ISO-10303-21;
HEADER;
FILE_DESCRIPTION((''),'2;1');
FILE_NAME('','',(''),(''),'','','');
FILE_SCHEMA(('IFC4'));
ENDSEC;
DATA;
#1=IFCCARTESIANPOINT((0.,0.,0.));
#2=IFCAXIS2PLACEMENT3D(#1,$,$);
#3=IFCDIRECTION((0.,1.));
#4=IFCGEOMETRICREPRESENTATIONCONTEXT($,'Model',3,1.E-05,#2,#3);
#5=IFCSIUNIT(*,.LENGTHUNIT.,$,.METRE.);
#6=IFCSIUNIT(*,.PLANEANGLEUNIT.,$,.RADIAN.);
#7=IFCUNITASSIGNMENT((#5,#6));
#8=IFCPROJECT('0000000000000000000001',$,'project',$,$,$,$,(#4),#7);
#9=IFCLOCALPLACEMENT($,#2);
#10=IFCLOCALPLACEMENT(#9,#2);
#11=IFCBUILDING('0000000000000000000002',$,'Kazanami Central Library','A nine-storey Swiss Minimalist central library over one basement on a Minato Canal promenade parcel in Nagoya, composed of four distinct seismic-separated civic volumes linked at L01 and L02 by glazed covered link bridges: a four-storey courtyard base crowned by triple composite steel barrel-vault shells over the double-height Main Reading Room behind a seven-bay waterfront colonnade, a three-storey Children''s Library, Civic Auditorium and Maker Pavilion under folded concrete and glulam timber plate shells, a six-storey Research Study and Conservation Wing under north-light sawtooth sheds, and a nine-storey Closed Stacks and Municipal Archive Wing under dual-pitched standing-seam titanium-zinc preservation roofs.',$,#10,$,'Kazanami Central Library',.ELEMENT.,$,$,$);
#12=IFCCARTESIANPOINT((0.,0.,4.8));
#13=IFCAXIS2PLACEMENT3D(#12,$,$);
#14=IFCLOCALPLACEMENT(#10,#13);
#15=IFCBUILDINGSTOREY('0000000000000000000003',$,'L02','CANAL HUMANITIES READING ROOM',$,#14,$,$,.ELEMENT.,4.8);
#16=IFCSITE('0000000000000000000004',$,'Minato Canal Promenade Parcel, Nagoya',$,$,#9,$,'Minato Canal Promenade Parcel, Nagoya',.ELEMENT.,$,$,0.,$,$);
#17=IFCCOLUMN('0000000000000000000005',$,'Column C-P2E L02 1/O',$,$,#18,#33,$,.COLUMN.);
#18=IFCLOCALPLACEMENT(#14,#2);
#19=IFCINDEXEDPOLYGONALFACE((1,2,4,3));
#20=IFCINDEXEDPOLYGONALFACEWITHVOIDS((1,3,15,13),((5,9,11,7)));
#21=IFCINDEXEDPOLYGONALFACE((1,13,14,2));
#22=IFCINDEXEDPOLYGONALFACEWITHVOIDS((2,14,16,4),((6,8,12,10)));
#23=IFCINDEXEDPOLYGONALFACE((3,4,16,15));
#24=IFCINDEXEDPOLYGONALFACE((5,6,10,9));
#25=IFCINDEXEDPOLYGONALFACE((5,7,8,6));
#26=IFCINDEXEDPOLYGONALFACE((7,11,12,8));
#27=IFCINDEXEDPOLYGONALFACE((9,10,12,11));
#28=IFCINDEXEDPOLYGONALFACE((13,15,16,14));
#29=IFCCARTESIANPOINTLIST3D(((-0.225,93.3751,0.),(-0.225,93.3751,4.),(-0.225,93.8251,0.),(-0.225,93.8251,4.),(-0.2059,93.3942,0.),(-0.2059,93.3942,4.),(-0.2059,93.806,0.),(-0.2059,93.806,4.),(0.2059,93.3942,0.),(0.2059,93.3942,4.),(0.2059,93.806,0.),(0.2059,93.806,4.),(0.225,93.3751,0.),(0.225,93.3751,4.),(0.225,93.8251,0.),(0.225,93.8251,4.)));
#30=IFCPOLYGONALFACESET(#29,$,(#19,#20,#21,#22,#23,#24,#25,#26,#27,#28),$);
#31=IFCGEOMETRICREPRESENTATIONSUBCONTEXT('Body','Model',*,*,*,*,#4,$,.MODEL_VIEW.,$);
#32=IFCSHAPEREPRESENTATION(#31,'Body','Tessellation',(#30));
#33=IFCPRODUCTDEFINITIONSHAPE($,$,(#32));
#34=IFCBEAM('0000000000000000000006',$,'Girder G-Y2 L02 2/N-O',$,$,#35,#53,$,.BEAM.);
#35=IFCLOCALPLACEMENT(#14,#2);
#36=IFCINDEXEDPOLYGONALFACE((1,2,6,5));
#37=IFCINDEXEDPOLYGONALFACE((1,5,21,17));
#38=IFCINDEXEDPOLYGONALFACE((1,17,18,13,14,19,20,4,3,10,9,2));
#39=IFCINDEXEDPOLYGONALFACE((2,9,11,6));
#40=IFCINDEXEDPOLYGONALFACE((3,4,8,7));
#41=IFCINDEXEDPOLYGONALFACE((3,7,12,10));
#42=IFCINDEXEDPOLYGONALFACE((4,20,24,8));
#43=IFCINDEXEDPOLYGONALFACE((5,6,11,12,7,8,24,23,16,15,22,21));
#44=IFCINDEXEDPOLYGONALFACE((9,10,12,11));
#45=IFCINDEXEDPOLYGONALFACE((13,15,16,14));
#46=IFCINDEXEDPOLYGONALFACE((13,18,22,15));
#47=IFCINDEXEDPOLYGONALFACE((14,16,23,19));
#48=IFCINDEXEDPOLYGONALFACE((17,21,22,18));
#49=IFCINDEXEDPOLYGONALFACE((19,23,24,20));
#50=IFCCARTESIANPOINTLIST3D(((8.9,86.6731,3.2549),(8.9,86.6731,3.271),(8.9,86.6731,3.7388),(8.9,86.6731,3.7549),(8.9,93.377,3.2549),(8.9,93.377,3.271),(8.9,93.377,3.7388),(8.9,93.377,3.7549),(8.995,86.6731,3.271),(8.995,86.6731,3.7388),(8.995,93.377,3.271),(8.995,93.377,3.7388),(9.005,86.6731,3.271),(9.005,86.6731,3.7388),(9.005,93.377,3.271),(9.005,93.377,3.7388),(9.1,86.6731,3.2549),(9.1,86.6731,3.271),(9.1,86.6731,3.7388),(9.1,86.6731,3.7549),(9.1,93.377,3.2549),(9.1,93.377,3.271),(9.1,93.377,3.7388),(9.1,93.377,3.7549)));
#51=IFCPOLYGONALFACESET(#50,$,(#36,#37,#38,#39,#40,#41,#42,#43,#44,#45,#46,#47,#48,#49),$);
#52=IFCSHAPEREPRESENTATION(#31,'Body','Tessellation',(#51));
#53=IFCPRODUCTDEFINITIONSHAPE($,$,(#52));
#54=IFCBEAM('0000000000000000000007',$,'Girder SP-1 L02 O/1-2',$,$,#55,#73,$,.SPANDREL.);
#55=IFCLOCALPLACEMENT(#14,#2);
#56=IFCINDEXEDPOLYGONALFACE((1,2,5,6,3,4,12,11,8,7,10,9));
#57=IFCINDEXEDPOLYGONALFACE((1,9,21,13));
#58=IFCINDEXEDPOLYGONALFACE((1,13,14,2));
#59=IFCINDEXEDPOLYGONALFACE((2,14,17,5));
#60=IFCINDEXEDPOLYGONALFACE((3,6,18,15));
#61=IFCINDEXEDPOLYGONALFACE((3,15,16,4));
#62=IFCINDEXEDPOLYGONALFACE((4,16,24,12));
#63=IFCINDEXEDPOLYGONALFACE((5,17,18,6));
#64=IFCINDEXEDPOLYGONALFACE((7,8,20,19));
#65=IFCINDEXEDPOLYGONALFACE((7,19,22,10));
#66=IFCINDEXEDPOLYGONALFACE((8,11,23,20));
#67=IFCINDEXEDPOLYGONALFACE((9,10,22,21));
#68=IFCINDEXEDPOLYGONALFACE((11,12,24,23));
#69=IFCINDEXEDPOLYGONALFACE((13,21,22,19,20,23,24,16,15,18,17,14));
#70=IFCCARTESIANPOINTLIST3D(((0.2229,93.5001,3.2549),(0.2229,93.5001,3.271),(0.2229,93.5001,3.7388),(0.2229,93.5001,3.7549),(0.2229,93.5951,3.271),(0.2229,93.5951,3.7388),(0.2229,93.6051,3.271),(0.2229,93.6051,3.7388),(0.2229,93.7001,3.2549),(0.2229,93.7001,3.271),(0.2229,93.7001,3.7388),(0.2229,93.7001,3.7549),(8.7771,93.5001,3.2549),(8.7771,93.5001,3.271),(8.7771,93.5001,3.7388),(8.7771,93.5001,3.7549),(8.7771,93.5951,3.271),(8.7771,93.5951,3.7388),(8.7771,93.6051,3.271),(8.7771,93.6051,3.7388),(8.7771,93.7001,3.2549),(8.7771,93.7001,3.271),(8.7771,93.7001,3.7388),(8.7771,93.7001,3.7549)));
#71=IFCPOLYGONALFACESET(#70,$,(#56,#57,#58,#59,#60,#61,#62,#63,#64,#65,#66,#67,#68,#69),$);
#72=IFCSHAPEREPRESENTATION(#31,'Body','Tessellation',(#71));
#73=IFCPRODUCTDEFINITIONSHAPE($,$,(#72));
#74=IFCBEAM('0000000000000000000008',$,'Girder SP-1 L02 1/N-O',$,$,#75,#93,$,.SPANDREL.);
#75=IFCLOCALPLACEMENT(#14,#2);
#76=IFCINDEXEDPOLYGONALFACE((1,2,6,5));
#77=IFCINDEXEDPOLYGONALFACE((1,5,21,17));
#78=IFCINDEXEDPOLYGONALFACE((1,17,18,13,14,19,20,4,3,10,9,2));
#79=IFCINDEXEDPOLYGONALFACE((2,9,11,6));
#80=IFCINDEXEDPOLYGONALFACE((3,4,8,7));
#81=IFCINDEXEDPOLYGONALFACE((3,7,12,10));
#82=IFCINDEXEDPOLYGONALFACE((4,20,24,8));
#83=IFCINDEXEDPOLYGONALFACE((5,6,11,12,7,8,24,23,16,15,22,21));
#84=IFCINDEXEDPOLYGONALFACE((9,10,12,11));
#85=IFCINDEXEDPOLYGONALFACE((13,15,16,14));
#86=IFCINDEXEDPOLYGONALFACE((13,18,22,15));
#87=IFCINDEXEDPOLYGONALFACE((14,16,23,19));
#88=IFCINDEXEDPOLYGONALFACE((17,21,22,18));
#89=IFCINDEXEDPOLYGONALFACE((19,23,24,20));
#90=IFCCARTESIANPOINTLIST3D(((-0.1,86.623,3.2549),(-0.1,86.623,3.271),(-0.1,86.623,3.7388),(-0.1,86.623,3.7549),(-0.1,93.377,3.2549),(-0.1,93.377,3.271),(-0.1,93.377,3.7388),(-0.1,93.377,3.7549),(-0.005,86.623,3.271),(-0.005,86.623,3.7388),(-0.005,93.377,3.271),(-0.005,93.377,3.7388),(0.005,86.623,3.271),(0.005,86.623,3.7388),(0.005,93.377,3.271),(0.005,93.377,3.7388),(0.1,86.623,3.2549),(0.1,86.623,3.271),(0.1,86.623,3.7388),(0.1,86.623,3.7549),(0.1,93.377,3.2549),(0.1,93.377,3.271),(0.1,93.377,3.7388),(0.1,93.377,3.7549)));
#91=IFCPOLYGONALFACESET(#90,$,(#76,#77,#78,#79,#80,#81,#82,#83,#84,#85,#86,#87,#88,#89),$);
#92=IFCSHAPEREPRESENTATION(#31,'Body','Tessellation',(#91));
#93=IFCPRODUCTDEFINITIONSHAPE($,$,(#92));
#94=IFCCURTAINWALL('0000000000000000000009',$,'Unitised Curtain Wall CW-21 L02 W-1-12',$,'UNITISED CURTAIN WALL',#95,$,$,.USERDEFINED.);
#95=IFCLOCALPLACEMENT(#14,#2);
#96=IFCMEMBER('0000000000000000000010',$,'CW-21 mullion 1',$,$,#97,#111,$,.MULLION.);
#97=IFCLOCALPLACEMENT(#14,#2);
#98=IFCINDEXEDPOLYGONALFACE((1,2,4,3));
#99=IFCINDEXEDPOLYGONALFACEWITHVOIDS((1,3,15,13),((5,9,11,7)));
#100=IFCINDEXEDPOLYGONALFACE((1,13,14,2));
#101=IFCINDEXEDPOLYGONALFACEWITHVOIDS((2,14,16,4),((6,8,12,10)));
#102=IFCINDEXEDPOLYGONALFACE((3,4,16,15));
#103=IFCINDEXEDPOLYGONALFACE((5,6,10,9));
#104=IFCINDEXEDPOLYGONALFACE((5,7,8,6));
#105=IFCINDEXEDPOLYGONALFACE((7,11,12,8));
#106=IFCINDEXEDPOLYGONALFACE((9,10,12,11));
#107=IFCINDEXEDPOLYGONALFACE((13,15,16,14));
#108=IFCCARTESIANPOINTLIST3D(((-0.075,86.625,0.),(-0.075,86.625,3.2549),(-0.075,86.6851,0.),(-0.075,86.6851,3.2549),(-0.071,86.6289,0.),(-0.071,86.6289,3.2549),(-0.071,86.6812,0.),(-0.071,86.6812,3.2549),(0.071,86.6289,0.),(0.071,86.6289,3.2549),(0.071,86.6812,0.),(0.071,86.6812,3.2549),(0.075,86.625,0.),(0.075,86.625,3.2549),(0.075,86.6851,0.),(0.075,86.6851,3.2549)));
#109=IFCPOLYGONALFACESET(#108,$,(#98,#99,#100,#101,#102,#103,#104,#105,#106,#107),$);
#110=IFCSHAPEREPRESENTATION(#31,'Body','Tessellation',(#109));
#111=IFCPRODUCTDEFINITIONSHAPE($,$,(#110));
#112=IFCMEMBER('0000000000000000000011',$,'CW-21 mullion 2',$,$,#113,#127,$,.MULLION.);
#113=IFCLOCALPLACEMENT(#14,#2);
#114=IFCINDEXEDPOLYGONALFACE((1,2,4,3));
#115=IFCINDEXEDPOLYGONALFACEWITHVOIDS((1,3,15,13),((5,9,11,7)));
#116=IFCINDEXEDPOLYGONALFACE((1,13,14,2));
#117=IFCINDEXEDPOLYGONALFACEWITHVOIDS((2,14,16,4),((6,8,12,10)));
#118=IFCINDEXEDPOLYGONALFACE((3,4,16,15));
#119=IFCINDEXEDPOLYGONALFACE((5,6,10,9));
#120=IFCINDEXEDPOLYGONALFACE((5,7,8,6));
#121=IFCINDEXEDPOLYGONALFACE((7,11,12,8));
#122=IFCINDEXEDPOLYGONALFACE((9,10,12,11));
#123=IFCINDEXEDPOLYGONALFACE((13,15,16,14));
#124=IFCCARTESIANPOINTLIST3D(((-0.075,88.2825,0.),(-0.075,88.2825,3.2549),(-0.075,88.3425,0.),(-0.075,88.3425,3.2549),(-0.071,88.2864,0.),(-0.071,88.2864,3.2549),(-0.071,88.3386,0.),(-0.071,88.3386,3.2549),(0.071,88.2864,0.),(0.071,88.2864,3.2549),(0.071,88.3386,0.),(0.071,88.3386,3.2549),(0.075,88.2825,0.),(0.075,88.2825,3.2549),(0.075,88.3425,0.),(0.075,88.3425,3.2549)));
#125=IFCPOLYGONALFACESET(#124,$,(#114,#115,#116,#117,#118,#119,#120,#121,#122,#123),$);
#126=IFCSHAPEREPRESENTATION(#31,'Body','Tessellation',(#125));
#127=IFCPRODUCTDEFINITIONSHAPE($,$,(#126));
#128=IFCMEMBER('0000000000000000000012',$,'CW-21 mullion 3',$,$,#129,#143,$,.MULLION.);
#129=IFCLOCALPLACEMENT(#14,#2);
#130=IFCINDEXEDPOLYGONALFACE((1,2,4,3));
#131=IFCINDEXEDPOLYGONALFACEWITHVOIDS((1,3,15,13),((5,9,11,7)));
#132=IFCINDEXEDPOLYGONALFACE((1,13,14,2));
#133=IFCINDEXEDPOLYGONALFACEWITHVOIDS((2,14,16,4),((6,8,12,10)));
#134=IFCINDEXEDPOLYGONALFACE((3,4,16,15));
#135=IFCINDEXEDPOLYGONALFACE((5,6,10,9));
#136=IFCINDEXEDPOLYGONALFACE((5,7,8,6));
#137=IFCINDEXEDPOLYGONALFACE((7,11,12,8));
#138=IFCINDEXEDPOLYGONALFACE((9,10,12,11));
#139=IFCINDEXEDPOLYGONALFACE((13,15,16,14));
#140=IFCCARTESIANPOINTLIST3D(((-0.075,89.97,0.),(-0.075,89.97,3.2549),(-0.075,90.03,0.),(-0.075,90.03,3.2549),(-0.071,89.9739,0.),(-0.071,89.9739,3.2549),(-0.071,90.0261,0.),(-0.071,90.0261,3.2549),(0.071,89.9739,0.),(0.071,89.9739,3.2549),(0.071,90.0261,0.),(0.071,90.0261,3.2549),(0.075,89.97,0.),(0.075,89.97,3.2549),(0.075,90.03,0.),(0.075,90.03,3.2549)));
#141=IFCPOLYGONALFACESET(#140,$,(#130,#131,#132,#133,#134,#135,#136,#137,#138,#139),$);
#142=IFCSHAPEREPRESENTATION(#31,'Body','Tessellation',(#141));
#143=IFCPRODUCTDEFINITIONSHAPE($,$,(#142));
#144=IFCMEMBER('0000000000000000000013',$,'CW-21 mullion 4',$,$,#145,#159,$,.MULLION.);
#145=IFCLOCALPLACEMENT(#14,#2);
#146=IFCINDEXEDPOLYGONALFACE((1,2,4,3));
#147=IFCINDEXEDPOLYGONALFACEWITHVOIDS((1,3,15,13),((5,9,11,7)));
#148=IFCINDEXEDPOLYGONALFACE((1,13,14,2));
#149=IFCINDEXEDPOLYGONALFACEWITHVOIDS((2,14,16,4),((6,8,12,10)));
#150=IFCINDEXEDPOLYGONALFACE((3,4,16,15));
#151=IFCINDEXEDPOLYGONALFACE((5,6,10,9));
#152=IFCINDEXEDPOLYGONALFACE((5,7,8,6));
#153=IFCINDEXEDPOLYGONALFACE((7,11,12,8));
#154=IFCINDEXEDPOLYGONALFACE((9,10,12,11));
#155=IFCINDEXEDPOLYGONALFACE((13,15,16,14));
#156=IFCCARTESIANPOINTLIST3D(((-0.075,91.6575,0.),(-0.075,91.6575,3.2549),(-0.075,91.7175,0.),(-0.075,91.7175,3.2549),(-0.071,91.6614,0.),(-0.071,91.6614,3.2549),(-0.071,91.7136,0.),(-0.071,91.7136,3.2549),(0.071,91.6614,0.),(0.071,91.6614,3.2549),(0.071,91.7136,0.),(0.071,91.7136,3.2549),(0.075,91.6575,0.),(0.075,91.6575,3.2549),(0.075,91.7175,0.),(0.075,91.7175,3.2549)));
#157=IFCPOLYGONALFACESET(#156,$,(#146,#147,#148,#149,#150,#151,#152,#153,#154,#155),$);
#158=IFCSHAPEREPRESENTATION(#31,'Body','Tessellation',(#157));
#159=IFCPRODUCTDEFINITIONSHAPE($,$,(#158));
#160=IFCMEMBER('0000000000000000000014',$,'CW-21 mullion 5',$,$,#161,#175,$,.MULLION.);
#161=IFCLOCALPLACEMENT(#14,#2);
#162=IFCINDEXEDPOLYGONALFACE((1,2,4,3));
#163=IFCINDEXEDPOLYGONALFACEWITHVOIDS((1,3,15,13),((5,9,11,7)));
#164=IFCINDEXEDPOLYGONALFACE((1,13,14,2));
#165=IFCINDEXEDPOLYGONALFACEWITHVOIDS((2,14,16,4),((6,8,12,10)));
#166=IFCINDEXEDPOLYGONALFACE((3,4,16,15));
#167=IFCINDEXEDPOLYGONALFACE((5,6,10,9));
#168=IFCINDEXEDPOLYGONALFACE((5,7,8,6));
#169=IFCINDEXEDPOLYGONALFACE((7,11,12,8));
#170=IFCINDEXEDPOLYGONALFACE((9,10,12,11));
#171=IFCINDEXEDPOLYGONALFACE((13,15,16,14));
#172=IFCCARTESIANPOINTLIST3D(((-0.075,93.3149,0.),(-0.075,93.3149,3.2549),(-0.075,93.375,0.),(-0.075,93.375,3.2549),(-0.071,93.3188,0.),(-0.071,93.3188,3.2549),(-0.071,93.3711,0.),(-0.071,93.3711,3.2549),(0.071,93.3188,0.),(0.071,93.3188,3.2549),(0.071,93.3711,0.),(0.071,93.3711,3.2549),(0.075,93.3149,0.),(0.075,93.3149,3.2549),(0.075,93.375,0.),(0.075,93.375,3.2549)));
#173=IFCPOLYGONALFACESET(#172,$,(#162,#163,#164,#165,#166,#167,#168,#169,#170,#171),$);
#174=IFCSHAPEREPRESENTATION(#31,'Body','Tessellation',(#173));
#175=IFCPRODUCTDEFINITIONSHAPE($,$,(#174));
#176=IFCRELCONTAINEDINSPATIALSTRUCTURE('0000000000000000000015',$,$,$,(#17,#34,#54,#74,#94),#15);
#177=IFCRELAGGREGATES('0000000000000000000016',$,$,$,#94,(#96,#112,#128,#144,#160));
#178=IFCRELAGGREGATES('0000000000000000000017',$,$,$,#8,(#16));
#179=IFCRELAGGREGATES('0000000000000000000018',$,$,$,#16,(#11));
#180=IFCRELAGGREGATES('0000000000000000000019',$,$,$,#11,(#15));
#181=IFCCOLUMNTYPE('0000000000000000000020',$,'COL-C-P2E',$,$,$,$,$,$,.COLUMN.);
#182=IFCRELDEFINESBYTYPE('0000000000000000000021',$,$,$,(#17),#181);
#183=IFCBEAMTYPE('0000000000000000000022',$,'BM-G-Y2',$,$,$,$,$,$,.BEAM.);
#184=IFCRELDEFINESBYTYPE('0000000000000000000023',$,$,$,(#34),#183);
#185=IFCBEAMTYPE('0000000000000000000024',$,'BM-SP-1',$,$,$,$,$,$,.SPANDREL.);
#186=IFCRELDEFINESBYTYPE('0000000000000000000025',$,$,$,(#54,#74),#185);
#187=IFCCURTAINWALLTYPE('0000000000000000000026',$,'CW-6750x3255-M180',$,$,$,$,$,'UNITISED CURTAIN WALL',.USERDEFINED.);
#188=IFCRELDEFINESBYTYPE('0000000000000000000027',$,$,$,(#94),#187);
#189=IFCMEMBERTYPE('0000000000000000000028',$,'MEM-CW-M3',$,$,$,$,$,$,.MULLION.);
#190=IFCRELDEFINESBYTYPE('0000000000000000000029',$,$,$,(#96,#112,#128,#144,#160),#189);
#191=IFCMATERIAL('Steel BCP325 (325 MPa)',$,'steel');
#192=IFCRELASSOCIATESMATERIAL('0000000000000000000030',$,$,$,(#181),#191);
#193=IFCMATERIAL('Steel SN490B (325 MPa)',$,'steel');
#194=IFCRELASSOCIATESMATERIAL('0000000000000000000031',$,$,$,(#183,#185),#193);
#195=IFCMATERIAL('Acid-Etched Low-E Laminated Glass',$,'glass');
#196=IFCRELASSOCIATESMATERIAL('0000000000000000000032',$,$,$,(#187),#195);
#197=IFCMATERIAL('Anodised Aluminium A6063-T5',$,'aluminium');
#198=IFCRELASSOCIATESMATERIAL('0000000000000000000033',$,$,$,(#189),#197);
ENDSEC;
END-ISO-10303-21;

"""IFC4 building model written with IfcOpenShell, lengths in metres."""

from ifc_helpers import new_model, si_unit, direction, frame, origin, origin_2d, place, context, subcontext, project, spatial, hollow_rectangle, i_section, extrude, material, material_profile, profile_set, type_object, element, aggregate, save


model = new_model("IFC4")

# Units and contexts
model_context = context("Model", 3, precision=1e-05, world=origin(), true_north=direction((0.0, 1.0)))
body_context = subcontext(model_context, "Body", "Model", "MODEL_VIEW")
ifc_project = project(units=[si_unit("LENGTHUNIT", "METRE"), si_unit("PLANEANGLEUNIT", "RADIAN")], contexts=[model_context])

# Site, building, storey
site_placement = place(None, origin())
site = spatial("IfcSite", under=ifc_project, at=site_placement, Name="Minato Canal Promenade Parcel, Nagoya", LongName="Minato Canal Promenade Parcel, Nagoya", CompositionType="ELEMENT", RefElevation=0.0)
building_placement = place(site_placement, origin())
building = spatial("IfcBuilding", under=site, at=building_placement, Name="Kazanami Central Library", Description="A nine-storey Swiss Minimalist central library over one basement on a Minato Canal promenade parcel in Nagoya, composed of four distinct seismic-separated civic volumes linked at L01 and L02 by glazed covered link bridges: a four-storey courtyard base crowned by triple composite steel barrel-vault shells over the double-height Main Reading Room behind a seven-bay waterfront colonnade, a three-storey Children's Library, Civic Auditorium and Maker Pavilion under folded concrete and glulam timber plate shells, a six-storey Research Study and Conservation Wing under north-light sawtooth sheds, and a nine-storey Closed Stacks and Municipal Archive Wing under dual-pitched standing-seam titanium-zinc preservation roofs.", LongName="Kazanami Central Library", CompositionType="ELEMENT")
storey_placement = place(building_placement, frame((0.0, 0.0, 4.8)))
storey = spatial("IfcBuildingStorey", under=building, at=storey_placement, Name="L02", Description="CANAL HUMANITIES READING ROOM", CompositionType="ELEMENT", Elevation=4.8)

# Column
ifc_material_1 = material(Name="Steel BCP325 (325 MPa)", Category="steel")
ifc_material_profile_1 = material_profile(ifc_material_1, hollow_rectangle(XDim=0.45, YDim=0.45, WallThickness=0.019, at=origin_2d()), Name="BCP-450x450x19")
ifc_profile_set_1 = profile_set([ifc_material_profile_1], Name="Steel BCP325 (325 MPa)")
column_type = type_object("IfcColumnType", Name="COL-C-P2E", PredefinedType="COLUMN", material=ifc_profile_set_1)
column_placement = place(storey_placement, frame((0.0, 93.6001, 0.0), z_axis=(0.0, 0.0, 1.0), x_axis=(1.0, 0.0, 0.0)))
element("IfcColumn", 1, at=column_placement, inside=storey, type_object=column_type, Name="Column C-P2E L02 1/O", PredefinedType="COLUMN", context=body_context, shape_type="SweptSolid", body=[
    extrude(hollow_rectangle(XDim=0.45, YDim=0.45, WallThickness=0.019, at=origin_2d()), origin(), (0.0, 0.0, 1.0), 4.0),
])

# Beams
ifc_material_2 = material(Name="Steel SN490B (325 MPa)", Category="steel")
ifc_material_profile_2 = material_profile(ifc_material_2, i_section(OverallWidth=0.2, OverallDepth=0.5, WebThickness=0.01, FlangeThickness=0.0161, at=origin_2d()), Name="H-500x200x10x16")
ifc_profile_set_2 = profile_set([ifc_material_profile_2], Name="Steel SN490B (325 MPa)")
beam_type_1 = type_object("IfcBeamType", Name="BM-G-Y2", PredefinedType="BEAM", material=ifc_profile_set_2)
beam_1_placement = place(storey_placement, frame((9.0, 86.6731, 3.5049), z_axis=(0.0, 1.0, 0.0), x_axis=(-1.0, 0.0, 0.0)))
element("IfcBeam", 2, at=beam_1_placement, inside=storey, type_object=beam_type_1, Name="Girder G-Y2 L02 2/N-O", PredefinedType="BEAM", context=body_context, shape_type="SweptSolid", body=[
    extrude(i_section(OverallWidth=0.2, OverallDepth=0.5, WebThickness=0.01, FlangeThickness=0.0161, at=origin_2d()), origin(), (0.0, 0.0, 1.0), 6.7039),
])
ifc_material_profile_3 = material_profile(ifc_material_2, i_section(OverallWidth=0.2, OverallDepth=0.5, WebThickness=0.01, FlangeThickness=0.0161, at=origin_2d()), Name="H-500x200x10x16")
ifc_profile_set_3 = profile_set([ifc_material_profile_3], Name="Steel SN490B (325 MPa)")
beam_type_2 = type_object("IfcBeamType", Name="BM-SP-1", PredefinedType="SPANDREL", material=ifc_profile_set_3)
beam_2_placement = place(storey_placement, frame((0.2229, 93.6001, 3.5049), z_axis=(1.0, 0.0, 0.0), x_axis=(0.0, 1.0, 0.0)))
element("IfcBeam", 3, at=beam_2_placement, inside=storey, type_object=beam_type_2, Name="Girder SP-1 L02 O/1-2", PredefinedType="SPANDREL", context=body_context, shape_type="SweptSolid", body=[
    extrude(i_section(OverallWidth=0.2, OverallDepth=0.5, WebThickness=0.01, FlangeThickness=0.0161, at=origin_2d()), origin(), (0.0, 0.0, 1.0), 8.5542),
])
beam_3_placement = place(storey_placement, frame((0.0, 86.623, 3.5049), z_axis=(0.0, 1.0, 0.0), x_axis=(-1.0, 0.0, 0.0)))
element("IfcBeam", 4, at=beam_3_placement, inside=storey, type_object=beam_type_2, Name="Girder SP-1 L02 1/N-O", PredefinedType="SPANDREL", context=body_context, shape_type="SweptSolid", body=[
    extrude(i_section(OverallWidth=0.2, OverallDepth=0.5, WebThickness=0.01, FlangeThickness=0.0161, at=origin_2d()), origin(), (0.0, 0.0, 1.0), 6.7539),
])

# Curtain wall, members
ifc_material_3 = material(Name="Acid-Etched Low-E Laminated Glass", Category="glass")
curtain_wall_type = type_object("IfcCurtainWallType", Name="CW-6750x3255-M180", ElementType="UNITISED CURTAIN WALL", PredefinedType="USERDEFINED", material=ifc_material_3)
curtain_wall_placement = place(storey_placement, origin())
curtain_wall = element("IfcCurtainWall", 5, at=curtain_wall_placement, inside=storey, type_object=curtain_wall_type, Name="Unitised Curtain Wall CW-21 L02 W-1-12", ObjectType="UNITISED CURTAIN WALL", PredefinedType="USERDEFINED")
ifc_material_4 = material(Name="Anodised Aluminium A6063-T5", Category="aluminium")
ifc_material_profile_4 = material_profile(ifc_material_4, hollow_rectangle(XDim=0.0601, YDim=0.1499, WallThickness=0.0039, at=origin_2d()), Name="ALU-MULL-60x150x4")
ifc_profile_set_4 = profile_set([ifc_material_profile_4], Name="Anodised Aluminium A6063-T5")
member_type_1 = type_object("IfcMemberType", Name="MEM-CW-M3", PredefinedType="MULLION", material=ifc_profile_set_4)
member_1_placement = place(storey_placement, frame((0.0, 86.655, 0.0), z_axis=(0.0, 0.0, 1.0), x_axis=(0.0, 1.0, 0.0)))
member_1 = element("IfcMember", 6, at=member_1_placement, type_object=member_type_1, Name="CW-21 mullion 1", PredefinedType="MULLION", context=body_context, shape_type="SweptSolid", body=[
    extrude(hollow_rectangle(XDim=0.0601, YDim=0.1499, WallThickness=0.0039, at=origin_2d()), origin(), (0.0, 0.0, 1.0), 3.2549),
])
member_2_placement = place(storey_placement, frame((0.0, 88.3125, 0.0), z_axis=(0.0, 0.0, 1.0), x_axis=(0.0, 1.0, 0.0)))
member_2 = element("IfcMember", 7, at=member_2_placement, type_object=member_type_1, Name="CW-21 mullion 2", PredefinedType="MULLION", context=body_context, shape_type="SweptSolid", body=[
    extrude(hollow_rectangle(XDim=0.0601, YDim=0.1499, WallThickness=0.0039, at=origin_2d()), origin(), (0.0, 0.0, 1.0), 3.2549),
])
member_3_placement = place(storey_placement, frame((0.0, 90.0, 0.0), z_axis=(0.0, 0.0, 1.0), x_axis=(0.0, 1.0, 0.0)))
member_3 = element("IfcMember", 8, at=member_3_placement, type_object=member_type_1, Name="CW-21 mullion 3", PredefinedType="MULLION", context=body_context, shape_type="SweptSolid", body=[
    extrude(hollow_rectangle(XDim=0.0601, YDim=0.1499, WallThickness=0.0039, at=origin_2d()), origin(), (0.0, 0.0, 1.0), 3.2549),
])
member_4_placement = place(storey_placement, frame((0.0, 91.6875, 0.0), z_axis=(0.0, 0.0, 1.0), x_axis=(0.0, 1.0, 0.0)))
member_4 = element("IfcMember", 9, at=member_4_placement, type_object=member_type_1, Name="CW-21 mullion 4", PredefinedType="MULLION", context=body_context, shape_type="SweptSolid", body=[
    extrude(hollow_rectangle(XDim=0.0601, YDim=0.1499, WallThickness=0.0039, at=origin_2d()), origin(), (0.0, 0.0, 1.0), 3.2549),
])
member_5_placement = place(storey_placement, frame((0.0, 93.345, 0.0), z_axis=(0.0, 0.0, 1.0), x_axis=(0.0, 1.0, 0.0)))
member_5 = element("IfcMember", 10, at=member_5_placement, type_object=member_type_1, Name="CW-21 mullion 5", PredefinedType="MULLION", context=body_context, shape_type="SweptSolid", body=[
    extrude(hollow_rectangle(XDim=0.0601, YDim=0.1499, WallThickness=0.0039, at=origin_2d()), origin(), (0.0, 0.0, 1.0), 3.2549),
])
aggregate(curtain_wall, [member_1, member_2, member_3, member_4, member_5])

save(model, "model.ifc")
